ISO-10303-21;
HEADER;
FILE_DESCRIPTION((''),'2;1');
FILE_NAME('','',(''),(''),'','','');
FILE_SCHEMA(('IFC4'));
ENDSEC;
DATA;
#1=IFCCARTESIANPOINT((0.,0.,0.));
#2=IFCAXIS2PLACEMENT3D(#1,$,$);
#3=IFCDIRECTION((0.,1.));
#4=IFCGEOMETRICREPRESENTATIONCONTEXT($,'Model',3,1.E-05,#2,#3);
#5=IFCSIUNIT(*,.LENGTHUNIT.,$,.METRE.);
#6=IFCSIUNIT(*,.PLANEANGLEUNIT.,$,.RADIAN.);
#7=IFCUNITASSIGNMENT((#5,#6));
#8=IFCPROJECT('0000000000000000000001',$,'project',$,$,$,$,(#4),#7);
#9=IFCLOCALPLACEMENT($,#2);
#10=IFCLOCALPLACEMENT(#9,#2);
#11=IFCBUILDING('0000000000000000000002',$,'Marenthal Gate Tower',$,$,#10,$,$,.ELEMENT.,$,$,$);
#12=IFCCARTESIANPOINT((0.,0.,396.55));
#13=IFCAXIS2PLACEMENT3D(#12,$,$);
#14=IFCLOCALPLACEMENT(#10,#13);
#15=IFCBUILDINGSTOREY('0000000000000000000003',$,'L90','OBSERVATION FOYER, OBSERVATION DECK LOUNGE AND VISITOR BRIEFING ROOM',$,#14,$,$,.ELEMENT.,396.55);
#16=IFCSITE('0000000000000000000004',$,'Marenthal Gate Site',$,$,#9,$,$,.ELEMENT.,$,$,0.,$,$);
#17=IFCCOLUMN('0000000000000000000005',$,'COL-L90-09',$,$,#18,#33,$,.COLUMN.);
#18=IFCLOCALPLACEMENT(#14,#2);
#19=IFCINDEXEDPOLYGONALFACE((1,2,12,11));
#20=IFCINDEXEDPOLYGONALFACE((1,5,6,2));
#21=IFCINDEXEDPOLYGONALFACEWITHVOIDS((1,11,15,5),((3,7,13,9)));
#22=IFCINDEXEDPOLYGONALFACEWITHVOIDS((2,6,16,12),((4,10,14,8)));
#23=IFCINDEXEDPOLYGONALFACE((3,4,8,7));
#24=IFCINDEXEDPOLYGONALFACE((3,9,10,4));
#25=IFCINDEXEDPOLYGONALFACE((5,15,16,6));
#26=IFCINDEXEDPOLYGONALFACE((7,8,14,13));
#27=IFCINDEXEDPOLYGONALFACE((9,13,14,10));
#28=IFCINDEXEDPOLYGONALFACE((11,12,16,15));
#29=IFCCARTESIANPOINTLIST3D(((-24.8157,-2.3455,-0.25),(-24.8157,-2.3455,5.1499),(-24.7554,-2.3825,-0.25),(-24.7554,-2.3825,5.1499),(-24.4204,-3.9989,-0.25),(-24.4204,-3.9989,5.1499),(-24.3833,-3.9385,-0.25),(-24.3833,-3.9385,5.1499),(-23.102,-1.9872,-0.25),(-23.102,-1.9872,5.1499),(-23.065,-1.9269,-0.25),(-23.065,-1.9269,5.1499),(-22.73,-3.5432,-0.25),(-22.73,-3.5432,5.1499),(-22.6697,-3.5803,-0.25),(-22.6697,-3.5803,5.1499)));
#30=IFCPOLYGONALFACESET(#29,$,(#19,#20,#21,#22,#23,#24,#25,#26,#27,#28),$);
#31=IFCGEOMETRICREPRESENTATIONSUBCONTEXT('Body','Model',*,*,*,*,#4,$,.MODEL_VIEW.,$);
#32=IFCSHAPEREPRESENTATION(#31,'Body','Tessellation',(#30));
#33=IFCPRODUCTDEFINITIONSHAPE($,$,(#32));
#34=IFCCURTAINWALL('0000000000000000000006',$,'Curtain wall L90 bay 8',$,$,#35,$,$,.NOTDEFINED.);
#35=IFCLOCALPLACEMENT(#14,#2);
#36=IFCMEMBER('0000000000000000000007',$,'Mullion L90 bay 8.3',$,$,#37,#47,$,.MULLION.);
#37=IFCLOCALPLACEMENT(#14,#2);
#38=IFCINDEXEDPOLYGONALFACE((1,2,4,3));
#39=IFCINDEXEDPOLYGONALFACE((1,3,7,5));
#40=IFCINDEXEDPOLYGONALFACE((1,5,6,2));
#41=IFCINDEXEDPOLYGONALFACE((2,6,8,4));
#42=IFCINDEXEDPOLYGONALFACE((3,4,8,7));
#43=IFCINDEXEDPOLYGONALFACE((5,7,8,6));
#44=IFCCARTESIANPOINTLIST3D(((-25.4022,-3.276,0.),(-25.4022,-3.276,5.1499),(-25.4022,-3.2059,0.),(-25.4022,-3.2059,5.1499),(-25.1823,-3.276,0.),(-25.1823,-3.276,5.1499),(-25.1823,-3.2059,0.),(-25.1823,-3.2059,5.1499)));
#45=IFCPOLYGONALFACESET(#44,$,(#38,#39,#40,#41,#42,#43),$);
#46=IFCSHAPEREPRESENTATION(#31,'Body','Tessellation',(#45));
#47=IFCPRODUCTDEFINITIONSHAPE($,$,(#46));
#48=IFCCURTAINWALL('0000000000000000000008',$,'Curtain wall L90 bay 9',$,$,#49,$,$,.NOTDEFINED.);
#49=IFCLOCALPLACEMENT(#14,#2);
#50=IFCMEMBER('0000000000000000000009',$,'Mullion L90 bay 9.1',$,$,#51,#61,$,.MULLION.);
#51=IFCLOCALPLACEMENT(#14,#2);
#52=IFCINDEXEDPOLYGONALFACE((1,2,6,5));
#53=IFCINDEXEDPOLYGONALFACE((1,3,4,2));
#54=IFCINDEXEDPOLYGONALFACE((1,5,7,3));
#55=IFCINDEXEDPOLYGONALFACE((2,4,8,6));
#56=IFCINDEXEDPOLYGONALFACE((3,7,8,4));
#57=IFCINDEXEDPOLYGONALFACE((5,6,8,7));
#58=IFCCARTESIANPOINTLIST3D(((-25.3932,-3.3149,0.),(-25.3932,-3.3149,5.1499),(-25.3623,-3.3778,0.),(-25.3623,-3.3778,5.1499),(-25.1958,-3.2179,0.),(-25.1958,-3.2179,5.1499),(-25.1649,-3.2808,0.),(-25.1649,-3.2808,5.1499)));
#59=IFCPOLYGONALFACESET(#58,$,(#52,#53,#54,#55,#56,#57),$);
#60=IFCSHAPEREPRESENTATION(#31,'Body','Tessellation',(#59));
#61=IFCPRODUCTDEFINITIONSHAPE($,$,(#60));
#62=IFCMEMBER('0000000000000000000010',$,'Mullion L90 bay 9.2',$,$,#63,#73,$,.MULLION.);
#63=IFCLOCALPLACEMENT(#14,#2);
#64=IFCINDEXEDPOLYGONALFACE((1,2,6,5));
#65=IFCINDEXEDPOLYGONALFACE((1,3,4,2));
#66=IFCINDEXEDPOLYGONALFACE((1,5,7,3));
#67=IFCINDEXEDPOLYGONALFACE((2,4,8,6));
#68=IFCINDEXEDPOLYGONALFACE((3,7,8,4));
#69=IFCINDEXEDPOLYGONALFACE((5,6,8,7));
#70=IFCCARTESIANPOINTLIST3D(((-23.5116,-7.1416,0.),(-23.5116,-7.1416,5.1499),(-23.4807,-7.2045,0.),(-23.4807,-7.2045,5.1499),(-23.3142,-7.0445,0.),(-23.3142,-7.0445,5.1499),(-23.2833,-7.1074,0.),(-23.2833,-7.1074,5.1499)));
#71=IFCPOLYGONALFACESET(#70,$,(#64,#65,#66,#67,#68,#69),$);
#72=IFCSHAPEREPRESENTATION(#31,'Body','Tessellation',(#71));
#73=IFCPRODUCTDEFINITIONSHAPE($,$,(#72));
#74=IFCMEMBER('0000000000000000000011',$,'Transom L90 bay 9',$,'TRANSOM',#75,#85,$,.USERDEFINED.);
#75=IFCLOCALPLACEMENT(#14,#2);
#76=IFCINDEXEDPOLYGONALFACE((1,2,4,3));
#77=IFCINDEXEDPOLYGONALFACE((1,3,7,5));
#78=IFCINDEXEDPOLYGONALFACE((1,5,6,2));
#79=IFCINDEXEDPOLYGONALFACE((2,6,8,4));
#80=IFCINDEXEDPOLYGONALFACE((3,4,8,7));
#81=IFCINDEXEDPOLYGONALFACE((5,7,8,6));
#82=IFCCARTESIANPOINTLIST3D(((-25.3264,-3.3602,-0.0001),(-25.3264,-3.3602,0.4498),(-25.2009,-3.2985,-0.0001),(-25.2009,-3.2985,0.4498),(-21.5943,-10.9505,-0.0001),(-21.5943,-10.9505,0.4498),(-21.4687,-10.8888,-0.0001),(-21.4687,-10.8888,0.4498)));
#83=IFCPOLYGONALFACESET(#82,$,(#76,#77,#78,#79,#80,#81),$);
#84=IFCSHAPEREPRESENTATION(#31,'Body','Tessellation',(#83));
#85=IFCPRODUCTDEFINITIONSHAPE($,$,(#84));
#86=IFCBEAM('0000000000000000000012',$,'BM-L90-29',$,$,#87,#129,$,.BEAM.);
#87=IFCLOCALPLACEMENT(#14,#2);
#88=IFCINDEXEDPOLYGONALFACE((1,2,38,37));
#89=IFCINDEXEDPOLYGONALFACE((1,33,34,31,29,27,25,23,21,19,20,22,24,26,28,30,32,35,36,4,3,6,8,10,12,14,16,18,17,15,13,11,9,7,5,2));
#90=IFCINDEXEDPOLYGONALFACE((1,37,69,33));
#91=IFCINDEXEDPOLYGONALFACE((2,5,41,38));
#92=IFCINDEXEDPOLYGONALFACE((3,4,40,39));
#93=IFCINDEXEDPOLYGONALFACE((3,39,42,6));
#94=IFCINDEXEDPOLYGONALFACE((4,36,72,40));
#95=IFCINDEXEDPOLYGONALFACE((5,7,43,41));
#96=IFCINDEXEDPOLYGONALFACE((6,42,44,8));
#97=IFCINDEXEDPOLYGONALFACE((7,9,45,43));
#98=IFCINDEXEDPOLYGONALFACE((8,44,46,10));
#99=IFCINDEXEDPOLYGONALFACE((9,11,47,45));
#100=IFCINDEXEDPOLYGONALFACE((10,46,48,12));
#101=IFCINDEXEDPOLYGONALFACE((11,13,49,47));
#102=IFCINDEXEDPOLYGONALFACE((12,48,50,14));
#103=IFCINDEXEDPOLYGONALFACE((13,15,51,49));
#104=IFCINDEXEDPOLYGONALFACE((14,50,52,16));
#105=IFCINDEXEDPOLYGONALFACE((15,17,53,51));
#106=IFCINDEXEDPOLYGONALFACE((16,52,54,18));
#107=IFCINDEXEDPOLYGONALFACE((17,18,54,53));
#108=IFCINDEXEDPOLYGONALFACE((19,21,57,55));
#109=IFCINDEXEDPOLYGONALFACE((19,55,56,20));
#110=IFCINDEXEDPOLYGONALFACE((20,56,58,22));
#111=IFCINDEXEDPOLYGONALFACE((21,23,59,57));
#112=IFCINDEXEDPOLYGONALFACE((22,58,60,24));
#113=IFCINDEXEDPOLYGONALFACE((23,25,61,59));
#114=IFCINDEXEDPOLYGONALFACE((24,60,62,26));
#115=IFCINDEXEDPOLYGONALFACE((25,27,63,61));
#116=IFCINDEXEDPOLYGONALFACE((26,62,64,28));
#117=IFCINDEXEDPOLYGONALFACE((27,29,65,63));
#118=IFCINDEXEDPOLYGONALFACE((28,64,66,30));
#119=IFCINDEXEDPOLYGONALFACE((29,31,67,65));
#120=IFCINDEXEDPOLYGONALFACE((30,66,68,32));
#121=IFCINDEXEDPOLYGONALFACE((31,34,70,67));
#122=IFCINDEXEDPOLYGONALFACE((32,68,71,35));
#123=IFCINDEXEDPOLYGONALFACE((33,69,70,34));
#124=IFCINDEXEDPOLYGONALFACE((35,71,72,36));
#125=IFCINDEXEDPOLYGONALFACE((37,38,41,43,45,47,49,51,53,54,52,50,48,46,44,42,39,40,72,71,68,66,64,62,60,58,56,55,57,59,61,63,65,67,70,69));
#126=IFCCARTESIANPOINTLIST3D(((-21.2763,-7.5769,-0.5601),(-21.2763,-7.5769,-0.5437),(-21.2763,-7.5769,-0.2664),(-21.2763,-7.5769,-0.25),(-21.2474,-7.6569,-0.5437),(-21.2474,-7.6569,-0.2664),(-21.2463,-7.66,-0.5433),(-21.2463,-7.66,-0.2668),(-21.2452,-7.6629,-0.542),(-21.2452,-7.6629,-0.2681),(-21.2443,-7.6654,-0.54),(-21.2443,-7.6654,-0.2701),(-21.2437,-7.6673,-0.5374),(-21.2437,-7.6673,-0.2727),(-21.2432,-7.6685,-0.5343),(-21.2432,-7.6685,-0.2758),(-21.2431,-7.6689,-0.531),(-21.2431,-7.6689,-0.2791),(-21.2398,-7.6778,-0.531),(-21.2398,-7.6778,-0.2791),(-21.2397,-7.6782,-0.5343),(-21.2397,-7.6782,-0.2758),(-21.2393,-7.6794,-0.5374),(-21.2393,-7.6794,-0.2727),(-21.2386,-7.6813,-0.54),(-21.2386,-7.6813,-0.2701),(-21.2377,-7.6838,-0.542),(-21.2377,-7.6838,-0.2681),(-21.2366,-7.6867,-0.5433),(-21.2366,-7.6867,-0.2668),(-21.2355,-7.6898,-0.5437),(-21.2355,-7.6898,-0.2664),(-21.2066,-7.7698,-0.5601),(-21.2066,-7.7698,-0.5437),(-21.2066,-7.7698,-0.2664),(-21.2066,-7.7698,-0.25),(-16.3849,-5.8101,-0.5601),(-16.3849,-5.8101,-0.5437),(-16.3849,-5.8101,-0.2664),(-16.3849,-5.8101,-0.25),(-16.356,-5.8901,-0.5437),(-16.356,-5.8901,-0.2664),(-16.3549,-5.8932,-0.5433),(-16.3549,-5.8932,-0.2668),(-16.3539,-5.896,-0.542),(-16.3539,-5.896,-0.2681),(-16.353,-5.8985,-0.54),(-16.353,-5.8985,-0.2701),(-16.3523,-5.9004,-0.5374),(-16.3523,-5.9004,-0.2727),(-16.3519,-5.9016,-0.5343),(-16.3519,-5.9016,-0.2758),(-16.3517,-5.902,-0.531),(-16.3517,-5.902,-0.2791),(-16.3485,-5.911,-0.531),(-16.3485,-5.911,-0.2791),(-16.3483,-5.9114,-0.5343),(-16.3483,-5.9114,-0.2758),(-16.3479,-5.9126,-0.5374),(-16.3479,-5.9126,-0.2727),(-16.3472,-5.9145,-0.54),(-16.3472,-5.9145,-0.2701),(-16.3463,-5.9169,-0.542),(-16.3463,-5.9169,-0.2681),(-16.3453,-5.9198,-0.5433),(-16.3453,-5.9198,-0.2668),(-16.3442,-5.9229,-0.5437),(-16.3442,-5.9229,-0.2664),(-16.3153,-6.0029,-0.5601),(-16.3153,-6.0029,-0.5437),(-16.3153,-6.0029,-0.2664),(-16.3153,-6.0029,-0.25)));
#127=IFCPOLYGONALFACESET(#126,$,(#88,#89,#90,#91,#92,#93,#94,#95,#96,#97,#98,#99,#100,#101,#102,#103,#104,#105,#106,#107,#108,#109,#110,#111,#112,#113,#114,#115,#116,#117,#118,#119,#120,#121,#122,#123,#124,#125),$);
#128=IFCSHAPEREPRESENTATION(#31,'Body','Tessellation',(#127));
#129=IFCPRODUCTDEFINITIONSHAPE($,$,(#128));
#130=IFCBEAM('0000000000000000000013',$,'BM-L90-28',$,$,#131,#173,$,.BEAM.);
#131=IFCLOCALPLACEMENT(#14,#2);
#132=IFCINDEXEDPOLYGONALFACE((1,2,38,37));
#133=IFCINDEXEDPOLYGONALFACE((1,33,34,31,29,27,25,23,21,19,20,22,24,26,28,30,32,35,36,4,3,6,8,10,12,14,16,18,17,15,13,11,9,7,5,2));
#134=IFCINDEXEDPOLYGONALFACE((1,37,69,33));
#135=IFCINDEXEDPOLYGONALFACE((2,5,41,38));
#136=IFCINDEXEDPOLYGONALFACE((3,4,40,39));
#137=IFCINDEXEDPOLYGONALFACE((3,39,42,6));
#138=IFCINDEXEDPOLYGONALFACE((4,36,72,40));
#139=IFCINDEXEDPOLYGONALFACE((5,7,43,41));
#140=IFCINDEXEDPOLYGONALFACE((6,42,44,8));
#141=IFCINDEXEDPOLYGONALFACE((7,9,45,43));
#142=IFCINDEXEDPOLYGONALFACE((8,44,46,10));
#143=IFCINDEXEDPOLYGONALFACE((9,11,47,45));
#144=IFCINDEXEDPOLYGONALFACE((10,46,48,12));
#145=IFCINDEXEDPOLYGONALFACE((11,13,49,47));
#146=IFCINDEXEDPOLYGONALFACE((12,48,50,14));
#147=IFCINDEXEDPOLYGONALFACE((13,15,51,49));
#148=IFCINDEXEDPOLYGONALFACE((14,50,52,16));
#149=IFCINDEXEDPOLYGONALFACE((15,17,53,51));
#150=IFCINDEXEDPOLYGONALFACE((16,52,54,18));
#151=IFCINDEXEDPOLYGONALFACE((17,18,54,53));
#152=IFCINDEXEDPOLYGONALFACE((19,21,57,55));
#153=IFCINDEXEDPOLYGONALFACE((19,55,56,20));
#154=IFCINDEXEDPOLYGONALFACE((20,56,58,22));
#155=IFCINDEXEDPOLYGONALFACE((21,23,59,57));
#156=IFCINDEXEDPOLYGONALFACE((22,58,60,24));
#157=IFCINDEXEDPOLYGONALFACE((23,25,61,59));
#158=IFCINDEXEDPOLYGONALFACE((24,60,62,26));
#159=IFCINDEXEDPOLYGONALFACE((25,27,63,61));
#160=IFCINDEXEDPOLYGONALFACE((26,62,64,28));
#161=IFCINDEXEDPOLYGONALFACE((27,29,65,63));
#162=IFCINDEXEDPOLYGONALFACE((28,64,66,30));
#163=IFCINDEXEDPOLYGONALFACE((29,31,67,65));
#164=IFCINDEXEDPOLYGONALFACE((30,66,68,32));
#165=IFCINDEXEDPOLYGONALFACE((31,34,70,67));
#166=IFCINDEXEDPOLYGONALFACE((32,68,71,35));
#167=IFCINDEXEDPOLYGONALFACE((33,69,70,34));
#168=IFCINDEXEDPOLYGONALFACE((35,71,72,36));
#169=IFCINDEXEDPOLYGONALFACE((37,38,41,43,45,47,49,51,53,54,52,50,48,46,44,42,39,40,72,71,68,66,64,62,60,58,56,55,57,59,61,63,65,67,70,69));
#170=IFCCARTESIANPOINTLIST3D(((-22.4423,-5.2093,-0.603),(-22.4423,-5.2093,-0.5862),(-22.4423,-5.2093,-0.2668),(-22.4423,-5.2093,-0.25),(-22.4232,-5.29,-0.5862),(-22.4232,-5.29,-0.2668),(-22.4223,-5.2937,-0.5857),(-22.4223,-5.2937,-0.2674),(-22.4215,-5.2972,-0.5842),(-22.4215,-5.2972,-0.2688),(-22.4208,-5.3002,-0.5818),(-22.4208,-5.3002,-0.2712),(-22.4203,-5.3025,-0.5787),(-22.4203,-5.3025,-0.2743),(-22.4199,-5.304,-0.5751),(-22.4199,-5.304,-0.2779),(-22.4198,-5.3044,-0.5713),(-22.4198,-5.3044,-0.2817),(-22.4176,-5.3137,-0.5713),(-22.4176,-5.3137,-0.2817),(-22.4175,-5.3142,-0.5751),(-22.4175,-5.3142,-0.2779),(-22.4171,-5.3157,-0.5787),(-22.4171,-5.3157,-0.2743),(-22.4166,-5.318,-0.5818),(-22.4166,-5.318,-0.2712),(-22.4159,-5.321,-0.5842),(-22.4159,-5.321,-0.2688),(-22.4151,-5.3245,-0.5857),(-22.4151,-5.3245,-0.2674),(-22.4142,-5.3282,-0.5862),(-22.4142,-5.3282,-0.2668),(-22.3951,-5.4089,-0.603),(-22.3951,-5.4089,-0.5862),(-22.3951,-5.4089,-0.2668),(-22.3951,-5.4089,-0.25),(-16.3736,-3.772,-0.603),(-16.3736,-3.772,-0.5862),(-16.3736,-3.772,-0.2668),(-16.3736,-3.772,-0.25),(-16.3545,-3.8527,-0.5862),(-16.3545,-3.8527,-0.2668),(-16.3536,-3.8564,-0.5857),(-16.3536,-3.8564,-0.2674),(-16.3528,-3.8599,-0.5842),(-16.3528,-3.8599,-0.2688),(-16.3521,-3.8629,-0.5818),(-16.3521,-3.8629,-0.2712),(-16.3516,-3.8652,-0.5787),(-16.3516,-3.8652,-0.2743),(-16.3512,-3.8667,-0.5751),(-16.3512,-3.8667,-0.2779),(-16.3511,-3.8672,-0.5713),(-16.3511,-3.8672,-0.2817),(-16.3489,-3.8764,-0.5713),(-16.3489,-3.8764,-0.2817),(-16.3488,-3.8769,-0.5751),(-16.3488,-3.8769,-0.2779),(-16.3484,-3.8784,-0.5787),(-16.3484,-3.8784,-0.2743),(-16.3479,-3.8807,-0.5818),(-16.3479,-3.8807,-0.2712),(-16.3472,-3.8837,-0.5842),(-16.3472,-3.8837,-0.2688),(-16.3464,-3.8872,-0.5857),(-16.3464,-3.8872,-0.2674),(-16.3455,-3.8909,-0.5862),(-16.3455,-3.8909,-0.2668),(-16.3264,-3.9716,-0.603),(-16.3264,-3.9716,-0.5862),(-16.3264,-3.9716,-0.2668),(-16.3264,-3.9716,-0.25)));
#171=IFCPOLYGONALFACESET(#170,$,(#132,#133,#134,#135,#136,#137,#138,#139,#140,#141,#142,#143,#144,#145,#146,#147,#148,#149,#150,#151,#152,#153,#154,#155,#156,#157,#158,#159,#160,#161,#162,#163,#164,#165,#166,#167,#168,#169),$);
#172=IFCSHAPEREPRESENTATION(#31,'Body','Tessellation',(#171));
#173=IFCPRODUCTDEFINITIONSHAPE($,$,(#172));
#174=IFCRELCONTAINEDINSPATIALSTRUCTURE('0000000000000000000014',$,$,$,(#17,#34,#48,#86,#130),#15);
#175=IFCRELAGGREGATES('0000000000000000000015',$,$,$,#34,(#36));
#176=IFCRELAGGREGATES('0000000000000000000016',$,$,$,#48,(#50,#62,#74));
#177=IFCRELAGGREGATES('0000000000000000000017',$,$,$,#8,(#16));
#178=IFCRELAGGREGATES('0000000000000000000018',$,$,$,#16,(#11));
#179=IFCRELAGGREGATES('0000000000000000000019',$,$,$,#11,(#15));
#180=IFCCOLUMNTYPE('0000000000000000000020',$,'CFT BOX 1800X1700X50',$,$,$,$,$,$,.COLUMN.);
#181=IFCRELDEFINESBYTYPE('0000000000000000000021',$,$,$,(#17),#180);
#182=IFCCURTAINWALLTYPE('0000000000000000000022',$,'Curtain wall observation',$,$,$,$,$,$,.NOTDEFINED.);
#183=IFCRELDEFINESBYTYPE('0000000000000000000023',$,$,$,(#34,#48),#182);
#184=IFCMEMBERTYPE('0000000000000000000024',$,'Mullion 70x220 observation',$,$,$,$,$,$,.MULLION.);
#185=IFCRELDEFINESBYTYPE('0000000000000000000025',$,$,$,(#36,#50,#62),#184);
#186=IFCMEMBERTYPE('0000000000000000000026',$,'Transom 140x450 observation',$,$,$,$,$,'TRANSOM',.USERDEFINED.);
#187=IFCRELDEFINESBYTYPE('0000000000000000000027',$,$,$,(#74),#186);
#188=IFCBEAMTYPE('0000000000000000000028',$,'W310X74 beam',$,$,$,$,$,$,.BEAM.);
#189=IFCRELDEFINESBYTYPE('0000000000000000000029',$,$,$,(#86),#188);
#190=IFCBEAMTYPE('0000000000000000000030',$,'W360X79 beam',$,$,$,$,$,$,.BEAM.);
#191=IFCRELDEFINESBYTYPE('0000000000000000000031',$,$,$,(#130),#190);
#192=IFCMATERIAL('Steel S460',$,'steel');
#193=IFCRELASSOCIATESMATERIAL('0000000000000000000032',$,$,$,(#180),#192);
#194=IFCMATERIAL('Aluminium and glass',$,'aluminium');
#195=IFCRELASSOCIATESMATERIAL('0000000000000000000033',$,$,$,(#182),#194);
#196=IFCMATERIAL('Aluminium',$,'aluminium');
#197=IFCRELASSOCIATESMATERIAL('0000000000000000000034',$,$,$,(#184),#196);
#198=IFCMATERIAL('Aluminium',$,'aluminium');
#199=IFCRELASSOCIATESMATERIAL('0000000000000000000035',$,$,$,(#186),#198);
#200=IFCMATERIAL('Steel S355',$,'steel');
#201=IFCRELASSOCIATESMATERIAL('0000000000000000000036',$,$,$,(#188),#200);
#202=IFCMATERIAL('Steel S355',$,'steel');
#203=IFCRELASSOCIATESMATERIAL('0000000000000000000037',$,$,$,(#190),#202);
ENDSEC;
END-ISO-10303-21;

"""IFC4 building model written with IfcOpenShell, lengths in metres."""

from ifc_helpers import new_model, si_unit, direction, frame, origin, origin_2d, place, context, subcontext, project, spatial, rectangle, hollow_rectangle, i_section, extrude, material, material_profile, profile_set, type_object, element, aggregate, save


model = new_model("IFC4")

# Units and contexts
model_context = context("Model", 3, precision=1e-05, world=origin(), true_north=direction((0.0, 1.0)))
body_context = subcontext(model_context, "Body", "Model", "MODEL_VIEW")
ifc_project = project(units=[si_unit("LENGTHUNIT", "METRE"), si_unit("PLANEANGLEUNIT", "RADIAN")], contexts=[model_context])

# Site, building, storey
site_placement = place(None, origin())
site = spatial("IfcSite", under=ifc_project, at=site_placement, Name="Marenthal Gate Site", CompositionType="ELEMENT", RefElevation=0.0)
building_placement = place(site_placement, origin())
building = spatial("IfcBuilding", under=site, at=building_placement, Name="Marenthal Gate Tower", CompositionType="ELEMENT")
storey_placement = place(building_placement, frame((0.0, 0.0, 396.55)))
storey = spatial("IfcBuildingStorey", under=building, at=storey_placement, Name="L90", Description="OBSERVATION FOYER, OBSERVATION DECK LOUNGE AND VISITOR BRIEFING ROOM", CompositionType="ELEMENT", Elevation=396.55)

# Column
ifc_material_1 = material(Name="Steel S460", Category="steel")
ifc_material_profile_1 = material_profile(ifc_material_1, hollow_rectangle(XDim=1.7, YDim=1.8, WallThickness=0.05, at=origin_2d()), Name="CFT BOX 1800X1700X50")
ifc_material_2 = material(Name="Concrete 70 MPa", Category="concrete")
ifc_material_profile_2 = material_profile(ifc_material_2, rectangle(XDim=1.6001, YDim=1.7, at=origin_2d()), Name="CFT BOX 1800X1700X50 INFILL")
ifc_profile_set_1 = profile_set([ifc_material_profile_1, ifc_material_profile_2], Name="Steel S460 shell, Concrete 70 MPa infill")
column_type = type_object("IfcColumnType", Name="CFT BOX 1800X1700X50", PredefinedType="COLUMN", material=ifc_profile_set_1)
column_placement = place(storey_placement, frame((-23.7427, -2.9629, -0.25), z_axis=(0.0, 0.0, 1.0), x_axis=(-0.232542, 0.972586, 0.0)))
element("IfcColumn", 1, at=column_placement, inside=storey, type_object=column_type, Name="COL-L90-09", PredefinedType="COLUMN", context=body_context, shape_type="SweptSolid", body=[
    extrude(hollow_rectangle(XDim=1.7, YDim=1.8, WallThickness=0.05, at=origin_2d()), origin(), (0.0, 0.0, 1.0), 5.3999),
])

# Curtain wall, member
ifc_material_3 = material(Name="Aluminium and glass", Category="aluminium")
curtain_wall_type = type_object("IfcCurtainWallType", Name="Curtain wall observation", PredefinedType="NOTDEFINED", material=ifc_material_3)
curtain_wall_1_placement = place(storey_placement, origin())
curtain_wall_1 = element("IfcCurtainWall", 2, at=curtain_wall_1_placement, inside=storey, type_object=curtain_wall_type, Name="Curtain wall L90 bay 8", PredefinedType="NOTDEFINED")
ifc_material_4 = material(Name="Aluminium", Category="aluminium")
ifc_material_profile_3 = material_profile(ifc_material_4, rectangle(XDim=0.22, YDim=0.0701, at=origin_2d()), Name="70x220 aluminium mullion")
ifc_profile_set_2 = profile_set([ifc_material_profile_3], Name="Aluminium")
member_type_1 = type_object("IfcMemberType", Name="Mullion 70x220 observation", PredefinedType="MULLION", material=ifc_profile_set_2)
member_1_placement = place(storey_placement, frame((-25.2922, -3.241, 0.0), z_axis=(0.0, 0.0, 1.0), x_axis=(1.0, 0.0, 0.0)))
member_1 = element("IfcMember", 3, at=member_1_placement, type_object=member_type_1, Name="Mullion L90 bay 8.3", PredefinedType="MULLION", context=body_context, shape_type="SweptSolid", body=[
    extrude(rectangle(XDim=0.22, YDim=0.0701, at=origin_2d()), origin(), (0.0, 0.0, 1.0), 5.1499),
])
aggregate(curtain_wall_1, [member_1])

# Curtain wall, members
curtain_wall_2_placement = place(storey_placement, origin())
curtain_wall_2 = element("IfcCurtainWall", 4, at=curtain_wall_2_placement, inside=storey, type_object=curtain_wall_type, Name="Curtain wall L90 bay 9", PredefinedType="NOTDEFINED")
member_2_placement = place(storey_placement, frame((-25.2791, -3.2979, 0.0), z_axis=(0.0, 0.0, 1.0), x_axis=(0.897386, 0.441247, 0.0)))
member_2 = element("IfcMember", 5, at=member_2_placement, type_object=member_type_1, Name="Mullion L90 bay 9.1", PredefinedType="MULLION", context=body_context, shape_type="SweptSolid", body=[
    extrude(rectangle(XDim=0.22, YDim=0.0701, at=origin_2d()), origin(), (0.0, 0.0, 1.0), 5.1499),
])
member_3_placement = place(storey_placement, frame((-23.3975, -7.1245, 0.0), z_axis=(0.0, 0.0, 1.0), x_axis=(0.897386, 0.441247, 0.0)))
member_3 = element("IfcMember", 6, at=member_3_placement, type_object=member_type_1, Name="Mullion L90 bay 9.2", PredefinedType="MULLION", context=body_context, shape_type="SweptSolid", body=[
    extrude(rectangle(XDim=0.22, YDim=0.0701, at=origin_2d()), origin(), (0.0, 0.0, 1.0), 5.1499),
])
ifc_material_5 = material(Name="Aluminium", Category="aluminium")
ifc_material_profile_4 = material_profile(ifc_material_5, rectangle(XDim=0.1399, YDim=0.45, at=origin_2d()), Name="140x450 aluminium transom")
ifc_profile_set_3 = profile_set([ifc_material_profile_4], Name="Aluminium")
member_type_2 = type_object("IfcMemberType", Name="Transom 140x450 observation", ElementType="TRANSOM", PredefinedType="USERDEFINED", material=ifc_profile_set_3)
member_4_placement = place(storey_placement, frame((-25.2637, -3.3293, 0.2249), z_axis=(0.441246, -0.897386, 0.0), x_axis=(0.897386, 0.441246, 0.0)))
member_4 = element("IfcMember", 7, at=member_4_placement, type_object=member_type_2, Name="Transom L90 bay 9", ObjectType="TRANSOM", PredefinedType="USERDEFINED", context=body_context, shape_type="SweptSolid", body=[
    extrude(rectangle(XDim=0.1399, YDim=0.45, at=origin_2d()), origin(), (0.0, 0.0, 1.0), 8.4583),
])

# Beams
ifc_material_6 = material(Name="Steel S355", Category="steel")
ifc_material_profile_5 = material_profile(ifc_material_6, i_section(OverallWidth=0.2051, OverallDepth=0.3101, WebThickness=0.0095, FlangeThickness=0.0164, FilletRadius=0.0127, at=origin_2d()), Name="W310X74")
ifc_profile_set_4 = profile_set([ifc_material_profile_5], Name="Steel S355")
beam_type_1 = type_object("IfcBeamType", Name="W310X74 beam", PredefinedType="BEAM", material=ifc_profile_set_4)
beam_1_placement = place(storey_placement, frame((-21.2415, -7.6733, -0.405), z_axis=(0.940522, 0.339733, 0.0), x_axis=(-0.339733, 0.940522, 0.0)))
element("IfcBeam", 8, at=beam_1_placement, inside=storey, type_object=beam_type_1, Name="BM-L90-29", PredefinedType="BEAM", context=body_context, shape_type="SweptSolid", body=[
    extrude(i_section(OverallWidth=0.2051, OverallDepth=0.3101, WebThickness=0.0095, FlangeThickness=0.0164, FilletRadius=0.0127, at=origin_2d()), origin(), (0.0, 0.0, 1.0), 5.2007),
])
ifc_material_7 = material(Name="Steel S355", Category="steel")
ifc_material_profile_6 = material_profile(ifc_material_7, i_section(OverallWidth=0.2051, OverallDepth=0.353, WebThickness=0.0095, FlangeThickness=0.0168, FilletRadius=0.0149, at=origin_2d()), Name="W360X79")
ifc_profile_set_5 = profile_set([ifc_material_profile_6], Name="Steel S355")
beam_type_2 = type_object("IfcBeamType", Name="W360X79 beam", PredefinedType="BEAM", material=ifc_profile_set_5)
beam_2_placement = place(storey_placement, frame((-22.4187, -5.3091, -0.4265), z_axis=(0.973082, 0.23046, 0.0), x_axis=(-0.23046, 0.973082, 0.0)))
element("IfcBeam", 9, at=beam_2_placement, inside=storey, type_object=beam_type_2, Name="BM-L90-28", PredefinedType="BEAM", context=body_context, shape_type="SweptSolid", body=[
    extrude(i_section(OverallWidth=0.2051, OverallDepth=0.353, WebThickness=0.0095, FlangeThickness=0.0168, FilletRadius=0.0149, at=origin_2d()), origin(), (0.0, 0.0, 1.0), 6.2366),
])

aggregate(curtain_wall_2, [member_2, member_3, member_4])

save(model, "model.ifc")
